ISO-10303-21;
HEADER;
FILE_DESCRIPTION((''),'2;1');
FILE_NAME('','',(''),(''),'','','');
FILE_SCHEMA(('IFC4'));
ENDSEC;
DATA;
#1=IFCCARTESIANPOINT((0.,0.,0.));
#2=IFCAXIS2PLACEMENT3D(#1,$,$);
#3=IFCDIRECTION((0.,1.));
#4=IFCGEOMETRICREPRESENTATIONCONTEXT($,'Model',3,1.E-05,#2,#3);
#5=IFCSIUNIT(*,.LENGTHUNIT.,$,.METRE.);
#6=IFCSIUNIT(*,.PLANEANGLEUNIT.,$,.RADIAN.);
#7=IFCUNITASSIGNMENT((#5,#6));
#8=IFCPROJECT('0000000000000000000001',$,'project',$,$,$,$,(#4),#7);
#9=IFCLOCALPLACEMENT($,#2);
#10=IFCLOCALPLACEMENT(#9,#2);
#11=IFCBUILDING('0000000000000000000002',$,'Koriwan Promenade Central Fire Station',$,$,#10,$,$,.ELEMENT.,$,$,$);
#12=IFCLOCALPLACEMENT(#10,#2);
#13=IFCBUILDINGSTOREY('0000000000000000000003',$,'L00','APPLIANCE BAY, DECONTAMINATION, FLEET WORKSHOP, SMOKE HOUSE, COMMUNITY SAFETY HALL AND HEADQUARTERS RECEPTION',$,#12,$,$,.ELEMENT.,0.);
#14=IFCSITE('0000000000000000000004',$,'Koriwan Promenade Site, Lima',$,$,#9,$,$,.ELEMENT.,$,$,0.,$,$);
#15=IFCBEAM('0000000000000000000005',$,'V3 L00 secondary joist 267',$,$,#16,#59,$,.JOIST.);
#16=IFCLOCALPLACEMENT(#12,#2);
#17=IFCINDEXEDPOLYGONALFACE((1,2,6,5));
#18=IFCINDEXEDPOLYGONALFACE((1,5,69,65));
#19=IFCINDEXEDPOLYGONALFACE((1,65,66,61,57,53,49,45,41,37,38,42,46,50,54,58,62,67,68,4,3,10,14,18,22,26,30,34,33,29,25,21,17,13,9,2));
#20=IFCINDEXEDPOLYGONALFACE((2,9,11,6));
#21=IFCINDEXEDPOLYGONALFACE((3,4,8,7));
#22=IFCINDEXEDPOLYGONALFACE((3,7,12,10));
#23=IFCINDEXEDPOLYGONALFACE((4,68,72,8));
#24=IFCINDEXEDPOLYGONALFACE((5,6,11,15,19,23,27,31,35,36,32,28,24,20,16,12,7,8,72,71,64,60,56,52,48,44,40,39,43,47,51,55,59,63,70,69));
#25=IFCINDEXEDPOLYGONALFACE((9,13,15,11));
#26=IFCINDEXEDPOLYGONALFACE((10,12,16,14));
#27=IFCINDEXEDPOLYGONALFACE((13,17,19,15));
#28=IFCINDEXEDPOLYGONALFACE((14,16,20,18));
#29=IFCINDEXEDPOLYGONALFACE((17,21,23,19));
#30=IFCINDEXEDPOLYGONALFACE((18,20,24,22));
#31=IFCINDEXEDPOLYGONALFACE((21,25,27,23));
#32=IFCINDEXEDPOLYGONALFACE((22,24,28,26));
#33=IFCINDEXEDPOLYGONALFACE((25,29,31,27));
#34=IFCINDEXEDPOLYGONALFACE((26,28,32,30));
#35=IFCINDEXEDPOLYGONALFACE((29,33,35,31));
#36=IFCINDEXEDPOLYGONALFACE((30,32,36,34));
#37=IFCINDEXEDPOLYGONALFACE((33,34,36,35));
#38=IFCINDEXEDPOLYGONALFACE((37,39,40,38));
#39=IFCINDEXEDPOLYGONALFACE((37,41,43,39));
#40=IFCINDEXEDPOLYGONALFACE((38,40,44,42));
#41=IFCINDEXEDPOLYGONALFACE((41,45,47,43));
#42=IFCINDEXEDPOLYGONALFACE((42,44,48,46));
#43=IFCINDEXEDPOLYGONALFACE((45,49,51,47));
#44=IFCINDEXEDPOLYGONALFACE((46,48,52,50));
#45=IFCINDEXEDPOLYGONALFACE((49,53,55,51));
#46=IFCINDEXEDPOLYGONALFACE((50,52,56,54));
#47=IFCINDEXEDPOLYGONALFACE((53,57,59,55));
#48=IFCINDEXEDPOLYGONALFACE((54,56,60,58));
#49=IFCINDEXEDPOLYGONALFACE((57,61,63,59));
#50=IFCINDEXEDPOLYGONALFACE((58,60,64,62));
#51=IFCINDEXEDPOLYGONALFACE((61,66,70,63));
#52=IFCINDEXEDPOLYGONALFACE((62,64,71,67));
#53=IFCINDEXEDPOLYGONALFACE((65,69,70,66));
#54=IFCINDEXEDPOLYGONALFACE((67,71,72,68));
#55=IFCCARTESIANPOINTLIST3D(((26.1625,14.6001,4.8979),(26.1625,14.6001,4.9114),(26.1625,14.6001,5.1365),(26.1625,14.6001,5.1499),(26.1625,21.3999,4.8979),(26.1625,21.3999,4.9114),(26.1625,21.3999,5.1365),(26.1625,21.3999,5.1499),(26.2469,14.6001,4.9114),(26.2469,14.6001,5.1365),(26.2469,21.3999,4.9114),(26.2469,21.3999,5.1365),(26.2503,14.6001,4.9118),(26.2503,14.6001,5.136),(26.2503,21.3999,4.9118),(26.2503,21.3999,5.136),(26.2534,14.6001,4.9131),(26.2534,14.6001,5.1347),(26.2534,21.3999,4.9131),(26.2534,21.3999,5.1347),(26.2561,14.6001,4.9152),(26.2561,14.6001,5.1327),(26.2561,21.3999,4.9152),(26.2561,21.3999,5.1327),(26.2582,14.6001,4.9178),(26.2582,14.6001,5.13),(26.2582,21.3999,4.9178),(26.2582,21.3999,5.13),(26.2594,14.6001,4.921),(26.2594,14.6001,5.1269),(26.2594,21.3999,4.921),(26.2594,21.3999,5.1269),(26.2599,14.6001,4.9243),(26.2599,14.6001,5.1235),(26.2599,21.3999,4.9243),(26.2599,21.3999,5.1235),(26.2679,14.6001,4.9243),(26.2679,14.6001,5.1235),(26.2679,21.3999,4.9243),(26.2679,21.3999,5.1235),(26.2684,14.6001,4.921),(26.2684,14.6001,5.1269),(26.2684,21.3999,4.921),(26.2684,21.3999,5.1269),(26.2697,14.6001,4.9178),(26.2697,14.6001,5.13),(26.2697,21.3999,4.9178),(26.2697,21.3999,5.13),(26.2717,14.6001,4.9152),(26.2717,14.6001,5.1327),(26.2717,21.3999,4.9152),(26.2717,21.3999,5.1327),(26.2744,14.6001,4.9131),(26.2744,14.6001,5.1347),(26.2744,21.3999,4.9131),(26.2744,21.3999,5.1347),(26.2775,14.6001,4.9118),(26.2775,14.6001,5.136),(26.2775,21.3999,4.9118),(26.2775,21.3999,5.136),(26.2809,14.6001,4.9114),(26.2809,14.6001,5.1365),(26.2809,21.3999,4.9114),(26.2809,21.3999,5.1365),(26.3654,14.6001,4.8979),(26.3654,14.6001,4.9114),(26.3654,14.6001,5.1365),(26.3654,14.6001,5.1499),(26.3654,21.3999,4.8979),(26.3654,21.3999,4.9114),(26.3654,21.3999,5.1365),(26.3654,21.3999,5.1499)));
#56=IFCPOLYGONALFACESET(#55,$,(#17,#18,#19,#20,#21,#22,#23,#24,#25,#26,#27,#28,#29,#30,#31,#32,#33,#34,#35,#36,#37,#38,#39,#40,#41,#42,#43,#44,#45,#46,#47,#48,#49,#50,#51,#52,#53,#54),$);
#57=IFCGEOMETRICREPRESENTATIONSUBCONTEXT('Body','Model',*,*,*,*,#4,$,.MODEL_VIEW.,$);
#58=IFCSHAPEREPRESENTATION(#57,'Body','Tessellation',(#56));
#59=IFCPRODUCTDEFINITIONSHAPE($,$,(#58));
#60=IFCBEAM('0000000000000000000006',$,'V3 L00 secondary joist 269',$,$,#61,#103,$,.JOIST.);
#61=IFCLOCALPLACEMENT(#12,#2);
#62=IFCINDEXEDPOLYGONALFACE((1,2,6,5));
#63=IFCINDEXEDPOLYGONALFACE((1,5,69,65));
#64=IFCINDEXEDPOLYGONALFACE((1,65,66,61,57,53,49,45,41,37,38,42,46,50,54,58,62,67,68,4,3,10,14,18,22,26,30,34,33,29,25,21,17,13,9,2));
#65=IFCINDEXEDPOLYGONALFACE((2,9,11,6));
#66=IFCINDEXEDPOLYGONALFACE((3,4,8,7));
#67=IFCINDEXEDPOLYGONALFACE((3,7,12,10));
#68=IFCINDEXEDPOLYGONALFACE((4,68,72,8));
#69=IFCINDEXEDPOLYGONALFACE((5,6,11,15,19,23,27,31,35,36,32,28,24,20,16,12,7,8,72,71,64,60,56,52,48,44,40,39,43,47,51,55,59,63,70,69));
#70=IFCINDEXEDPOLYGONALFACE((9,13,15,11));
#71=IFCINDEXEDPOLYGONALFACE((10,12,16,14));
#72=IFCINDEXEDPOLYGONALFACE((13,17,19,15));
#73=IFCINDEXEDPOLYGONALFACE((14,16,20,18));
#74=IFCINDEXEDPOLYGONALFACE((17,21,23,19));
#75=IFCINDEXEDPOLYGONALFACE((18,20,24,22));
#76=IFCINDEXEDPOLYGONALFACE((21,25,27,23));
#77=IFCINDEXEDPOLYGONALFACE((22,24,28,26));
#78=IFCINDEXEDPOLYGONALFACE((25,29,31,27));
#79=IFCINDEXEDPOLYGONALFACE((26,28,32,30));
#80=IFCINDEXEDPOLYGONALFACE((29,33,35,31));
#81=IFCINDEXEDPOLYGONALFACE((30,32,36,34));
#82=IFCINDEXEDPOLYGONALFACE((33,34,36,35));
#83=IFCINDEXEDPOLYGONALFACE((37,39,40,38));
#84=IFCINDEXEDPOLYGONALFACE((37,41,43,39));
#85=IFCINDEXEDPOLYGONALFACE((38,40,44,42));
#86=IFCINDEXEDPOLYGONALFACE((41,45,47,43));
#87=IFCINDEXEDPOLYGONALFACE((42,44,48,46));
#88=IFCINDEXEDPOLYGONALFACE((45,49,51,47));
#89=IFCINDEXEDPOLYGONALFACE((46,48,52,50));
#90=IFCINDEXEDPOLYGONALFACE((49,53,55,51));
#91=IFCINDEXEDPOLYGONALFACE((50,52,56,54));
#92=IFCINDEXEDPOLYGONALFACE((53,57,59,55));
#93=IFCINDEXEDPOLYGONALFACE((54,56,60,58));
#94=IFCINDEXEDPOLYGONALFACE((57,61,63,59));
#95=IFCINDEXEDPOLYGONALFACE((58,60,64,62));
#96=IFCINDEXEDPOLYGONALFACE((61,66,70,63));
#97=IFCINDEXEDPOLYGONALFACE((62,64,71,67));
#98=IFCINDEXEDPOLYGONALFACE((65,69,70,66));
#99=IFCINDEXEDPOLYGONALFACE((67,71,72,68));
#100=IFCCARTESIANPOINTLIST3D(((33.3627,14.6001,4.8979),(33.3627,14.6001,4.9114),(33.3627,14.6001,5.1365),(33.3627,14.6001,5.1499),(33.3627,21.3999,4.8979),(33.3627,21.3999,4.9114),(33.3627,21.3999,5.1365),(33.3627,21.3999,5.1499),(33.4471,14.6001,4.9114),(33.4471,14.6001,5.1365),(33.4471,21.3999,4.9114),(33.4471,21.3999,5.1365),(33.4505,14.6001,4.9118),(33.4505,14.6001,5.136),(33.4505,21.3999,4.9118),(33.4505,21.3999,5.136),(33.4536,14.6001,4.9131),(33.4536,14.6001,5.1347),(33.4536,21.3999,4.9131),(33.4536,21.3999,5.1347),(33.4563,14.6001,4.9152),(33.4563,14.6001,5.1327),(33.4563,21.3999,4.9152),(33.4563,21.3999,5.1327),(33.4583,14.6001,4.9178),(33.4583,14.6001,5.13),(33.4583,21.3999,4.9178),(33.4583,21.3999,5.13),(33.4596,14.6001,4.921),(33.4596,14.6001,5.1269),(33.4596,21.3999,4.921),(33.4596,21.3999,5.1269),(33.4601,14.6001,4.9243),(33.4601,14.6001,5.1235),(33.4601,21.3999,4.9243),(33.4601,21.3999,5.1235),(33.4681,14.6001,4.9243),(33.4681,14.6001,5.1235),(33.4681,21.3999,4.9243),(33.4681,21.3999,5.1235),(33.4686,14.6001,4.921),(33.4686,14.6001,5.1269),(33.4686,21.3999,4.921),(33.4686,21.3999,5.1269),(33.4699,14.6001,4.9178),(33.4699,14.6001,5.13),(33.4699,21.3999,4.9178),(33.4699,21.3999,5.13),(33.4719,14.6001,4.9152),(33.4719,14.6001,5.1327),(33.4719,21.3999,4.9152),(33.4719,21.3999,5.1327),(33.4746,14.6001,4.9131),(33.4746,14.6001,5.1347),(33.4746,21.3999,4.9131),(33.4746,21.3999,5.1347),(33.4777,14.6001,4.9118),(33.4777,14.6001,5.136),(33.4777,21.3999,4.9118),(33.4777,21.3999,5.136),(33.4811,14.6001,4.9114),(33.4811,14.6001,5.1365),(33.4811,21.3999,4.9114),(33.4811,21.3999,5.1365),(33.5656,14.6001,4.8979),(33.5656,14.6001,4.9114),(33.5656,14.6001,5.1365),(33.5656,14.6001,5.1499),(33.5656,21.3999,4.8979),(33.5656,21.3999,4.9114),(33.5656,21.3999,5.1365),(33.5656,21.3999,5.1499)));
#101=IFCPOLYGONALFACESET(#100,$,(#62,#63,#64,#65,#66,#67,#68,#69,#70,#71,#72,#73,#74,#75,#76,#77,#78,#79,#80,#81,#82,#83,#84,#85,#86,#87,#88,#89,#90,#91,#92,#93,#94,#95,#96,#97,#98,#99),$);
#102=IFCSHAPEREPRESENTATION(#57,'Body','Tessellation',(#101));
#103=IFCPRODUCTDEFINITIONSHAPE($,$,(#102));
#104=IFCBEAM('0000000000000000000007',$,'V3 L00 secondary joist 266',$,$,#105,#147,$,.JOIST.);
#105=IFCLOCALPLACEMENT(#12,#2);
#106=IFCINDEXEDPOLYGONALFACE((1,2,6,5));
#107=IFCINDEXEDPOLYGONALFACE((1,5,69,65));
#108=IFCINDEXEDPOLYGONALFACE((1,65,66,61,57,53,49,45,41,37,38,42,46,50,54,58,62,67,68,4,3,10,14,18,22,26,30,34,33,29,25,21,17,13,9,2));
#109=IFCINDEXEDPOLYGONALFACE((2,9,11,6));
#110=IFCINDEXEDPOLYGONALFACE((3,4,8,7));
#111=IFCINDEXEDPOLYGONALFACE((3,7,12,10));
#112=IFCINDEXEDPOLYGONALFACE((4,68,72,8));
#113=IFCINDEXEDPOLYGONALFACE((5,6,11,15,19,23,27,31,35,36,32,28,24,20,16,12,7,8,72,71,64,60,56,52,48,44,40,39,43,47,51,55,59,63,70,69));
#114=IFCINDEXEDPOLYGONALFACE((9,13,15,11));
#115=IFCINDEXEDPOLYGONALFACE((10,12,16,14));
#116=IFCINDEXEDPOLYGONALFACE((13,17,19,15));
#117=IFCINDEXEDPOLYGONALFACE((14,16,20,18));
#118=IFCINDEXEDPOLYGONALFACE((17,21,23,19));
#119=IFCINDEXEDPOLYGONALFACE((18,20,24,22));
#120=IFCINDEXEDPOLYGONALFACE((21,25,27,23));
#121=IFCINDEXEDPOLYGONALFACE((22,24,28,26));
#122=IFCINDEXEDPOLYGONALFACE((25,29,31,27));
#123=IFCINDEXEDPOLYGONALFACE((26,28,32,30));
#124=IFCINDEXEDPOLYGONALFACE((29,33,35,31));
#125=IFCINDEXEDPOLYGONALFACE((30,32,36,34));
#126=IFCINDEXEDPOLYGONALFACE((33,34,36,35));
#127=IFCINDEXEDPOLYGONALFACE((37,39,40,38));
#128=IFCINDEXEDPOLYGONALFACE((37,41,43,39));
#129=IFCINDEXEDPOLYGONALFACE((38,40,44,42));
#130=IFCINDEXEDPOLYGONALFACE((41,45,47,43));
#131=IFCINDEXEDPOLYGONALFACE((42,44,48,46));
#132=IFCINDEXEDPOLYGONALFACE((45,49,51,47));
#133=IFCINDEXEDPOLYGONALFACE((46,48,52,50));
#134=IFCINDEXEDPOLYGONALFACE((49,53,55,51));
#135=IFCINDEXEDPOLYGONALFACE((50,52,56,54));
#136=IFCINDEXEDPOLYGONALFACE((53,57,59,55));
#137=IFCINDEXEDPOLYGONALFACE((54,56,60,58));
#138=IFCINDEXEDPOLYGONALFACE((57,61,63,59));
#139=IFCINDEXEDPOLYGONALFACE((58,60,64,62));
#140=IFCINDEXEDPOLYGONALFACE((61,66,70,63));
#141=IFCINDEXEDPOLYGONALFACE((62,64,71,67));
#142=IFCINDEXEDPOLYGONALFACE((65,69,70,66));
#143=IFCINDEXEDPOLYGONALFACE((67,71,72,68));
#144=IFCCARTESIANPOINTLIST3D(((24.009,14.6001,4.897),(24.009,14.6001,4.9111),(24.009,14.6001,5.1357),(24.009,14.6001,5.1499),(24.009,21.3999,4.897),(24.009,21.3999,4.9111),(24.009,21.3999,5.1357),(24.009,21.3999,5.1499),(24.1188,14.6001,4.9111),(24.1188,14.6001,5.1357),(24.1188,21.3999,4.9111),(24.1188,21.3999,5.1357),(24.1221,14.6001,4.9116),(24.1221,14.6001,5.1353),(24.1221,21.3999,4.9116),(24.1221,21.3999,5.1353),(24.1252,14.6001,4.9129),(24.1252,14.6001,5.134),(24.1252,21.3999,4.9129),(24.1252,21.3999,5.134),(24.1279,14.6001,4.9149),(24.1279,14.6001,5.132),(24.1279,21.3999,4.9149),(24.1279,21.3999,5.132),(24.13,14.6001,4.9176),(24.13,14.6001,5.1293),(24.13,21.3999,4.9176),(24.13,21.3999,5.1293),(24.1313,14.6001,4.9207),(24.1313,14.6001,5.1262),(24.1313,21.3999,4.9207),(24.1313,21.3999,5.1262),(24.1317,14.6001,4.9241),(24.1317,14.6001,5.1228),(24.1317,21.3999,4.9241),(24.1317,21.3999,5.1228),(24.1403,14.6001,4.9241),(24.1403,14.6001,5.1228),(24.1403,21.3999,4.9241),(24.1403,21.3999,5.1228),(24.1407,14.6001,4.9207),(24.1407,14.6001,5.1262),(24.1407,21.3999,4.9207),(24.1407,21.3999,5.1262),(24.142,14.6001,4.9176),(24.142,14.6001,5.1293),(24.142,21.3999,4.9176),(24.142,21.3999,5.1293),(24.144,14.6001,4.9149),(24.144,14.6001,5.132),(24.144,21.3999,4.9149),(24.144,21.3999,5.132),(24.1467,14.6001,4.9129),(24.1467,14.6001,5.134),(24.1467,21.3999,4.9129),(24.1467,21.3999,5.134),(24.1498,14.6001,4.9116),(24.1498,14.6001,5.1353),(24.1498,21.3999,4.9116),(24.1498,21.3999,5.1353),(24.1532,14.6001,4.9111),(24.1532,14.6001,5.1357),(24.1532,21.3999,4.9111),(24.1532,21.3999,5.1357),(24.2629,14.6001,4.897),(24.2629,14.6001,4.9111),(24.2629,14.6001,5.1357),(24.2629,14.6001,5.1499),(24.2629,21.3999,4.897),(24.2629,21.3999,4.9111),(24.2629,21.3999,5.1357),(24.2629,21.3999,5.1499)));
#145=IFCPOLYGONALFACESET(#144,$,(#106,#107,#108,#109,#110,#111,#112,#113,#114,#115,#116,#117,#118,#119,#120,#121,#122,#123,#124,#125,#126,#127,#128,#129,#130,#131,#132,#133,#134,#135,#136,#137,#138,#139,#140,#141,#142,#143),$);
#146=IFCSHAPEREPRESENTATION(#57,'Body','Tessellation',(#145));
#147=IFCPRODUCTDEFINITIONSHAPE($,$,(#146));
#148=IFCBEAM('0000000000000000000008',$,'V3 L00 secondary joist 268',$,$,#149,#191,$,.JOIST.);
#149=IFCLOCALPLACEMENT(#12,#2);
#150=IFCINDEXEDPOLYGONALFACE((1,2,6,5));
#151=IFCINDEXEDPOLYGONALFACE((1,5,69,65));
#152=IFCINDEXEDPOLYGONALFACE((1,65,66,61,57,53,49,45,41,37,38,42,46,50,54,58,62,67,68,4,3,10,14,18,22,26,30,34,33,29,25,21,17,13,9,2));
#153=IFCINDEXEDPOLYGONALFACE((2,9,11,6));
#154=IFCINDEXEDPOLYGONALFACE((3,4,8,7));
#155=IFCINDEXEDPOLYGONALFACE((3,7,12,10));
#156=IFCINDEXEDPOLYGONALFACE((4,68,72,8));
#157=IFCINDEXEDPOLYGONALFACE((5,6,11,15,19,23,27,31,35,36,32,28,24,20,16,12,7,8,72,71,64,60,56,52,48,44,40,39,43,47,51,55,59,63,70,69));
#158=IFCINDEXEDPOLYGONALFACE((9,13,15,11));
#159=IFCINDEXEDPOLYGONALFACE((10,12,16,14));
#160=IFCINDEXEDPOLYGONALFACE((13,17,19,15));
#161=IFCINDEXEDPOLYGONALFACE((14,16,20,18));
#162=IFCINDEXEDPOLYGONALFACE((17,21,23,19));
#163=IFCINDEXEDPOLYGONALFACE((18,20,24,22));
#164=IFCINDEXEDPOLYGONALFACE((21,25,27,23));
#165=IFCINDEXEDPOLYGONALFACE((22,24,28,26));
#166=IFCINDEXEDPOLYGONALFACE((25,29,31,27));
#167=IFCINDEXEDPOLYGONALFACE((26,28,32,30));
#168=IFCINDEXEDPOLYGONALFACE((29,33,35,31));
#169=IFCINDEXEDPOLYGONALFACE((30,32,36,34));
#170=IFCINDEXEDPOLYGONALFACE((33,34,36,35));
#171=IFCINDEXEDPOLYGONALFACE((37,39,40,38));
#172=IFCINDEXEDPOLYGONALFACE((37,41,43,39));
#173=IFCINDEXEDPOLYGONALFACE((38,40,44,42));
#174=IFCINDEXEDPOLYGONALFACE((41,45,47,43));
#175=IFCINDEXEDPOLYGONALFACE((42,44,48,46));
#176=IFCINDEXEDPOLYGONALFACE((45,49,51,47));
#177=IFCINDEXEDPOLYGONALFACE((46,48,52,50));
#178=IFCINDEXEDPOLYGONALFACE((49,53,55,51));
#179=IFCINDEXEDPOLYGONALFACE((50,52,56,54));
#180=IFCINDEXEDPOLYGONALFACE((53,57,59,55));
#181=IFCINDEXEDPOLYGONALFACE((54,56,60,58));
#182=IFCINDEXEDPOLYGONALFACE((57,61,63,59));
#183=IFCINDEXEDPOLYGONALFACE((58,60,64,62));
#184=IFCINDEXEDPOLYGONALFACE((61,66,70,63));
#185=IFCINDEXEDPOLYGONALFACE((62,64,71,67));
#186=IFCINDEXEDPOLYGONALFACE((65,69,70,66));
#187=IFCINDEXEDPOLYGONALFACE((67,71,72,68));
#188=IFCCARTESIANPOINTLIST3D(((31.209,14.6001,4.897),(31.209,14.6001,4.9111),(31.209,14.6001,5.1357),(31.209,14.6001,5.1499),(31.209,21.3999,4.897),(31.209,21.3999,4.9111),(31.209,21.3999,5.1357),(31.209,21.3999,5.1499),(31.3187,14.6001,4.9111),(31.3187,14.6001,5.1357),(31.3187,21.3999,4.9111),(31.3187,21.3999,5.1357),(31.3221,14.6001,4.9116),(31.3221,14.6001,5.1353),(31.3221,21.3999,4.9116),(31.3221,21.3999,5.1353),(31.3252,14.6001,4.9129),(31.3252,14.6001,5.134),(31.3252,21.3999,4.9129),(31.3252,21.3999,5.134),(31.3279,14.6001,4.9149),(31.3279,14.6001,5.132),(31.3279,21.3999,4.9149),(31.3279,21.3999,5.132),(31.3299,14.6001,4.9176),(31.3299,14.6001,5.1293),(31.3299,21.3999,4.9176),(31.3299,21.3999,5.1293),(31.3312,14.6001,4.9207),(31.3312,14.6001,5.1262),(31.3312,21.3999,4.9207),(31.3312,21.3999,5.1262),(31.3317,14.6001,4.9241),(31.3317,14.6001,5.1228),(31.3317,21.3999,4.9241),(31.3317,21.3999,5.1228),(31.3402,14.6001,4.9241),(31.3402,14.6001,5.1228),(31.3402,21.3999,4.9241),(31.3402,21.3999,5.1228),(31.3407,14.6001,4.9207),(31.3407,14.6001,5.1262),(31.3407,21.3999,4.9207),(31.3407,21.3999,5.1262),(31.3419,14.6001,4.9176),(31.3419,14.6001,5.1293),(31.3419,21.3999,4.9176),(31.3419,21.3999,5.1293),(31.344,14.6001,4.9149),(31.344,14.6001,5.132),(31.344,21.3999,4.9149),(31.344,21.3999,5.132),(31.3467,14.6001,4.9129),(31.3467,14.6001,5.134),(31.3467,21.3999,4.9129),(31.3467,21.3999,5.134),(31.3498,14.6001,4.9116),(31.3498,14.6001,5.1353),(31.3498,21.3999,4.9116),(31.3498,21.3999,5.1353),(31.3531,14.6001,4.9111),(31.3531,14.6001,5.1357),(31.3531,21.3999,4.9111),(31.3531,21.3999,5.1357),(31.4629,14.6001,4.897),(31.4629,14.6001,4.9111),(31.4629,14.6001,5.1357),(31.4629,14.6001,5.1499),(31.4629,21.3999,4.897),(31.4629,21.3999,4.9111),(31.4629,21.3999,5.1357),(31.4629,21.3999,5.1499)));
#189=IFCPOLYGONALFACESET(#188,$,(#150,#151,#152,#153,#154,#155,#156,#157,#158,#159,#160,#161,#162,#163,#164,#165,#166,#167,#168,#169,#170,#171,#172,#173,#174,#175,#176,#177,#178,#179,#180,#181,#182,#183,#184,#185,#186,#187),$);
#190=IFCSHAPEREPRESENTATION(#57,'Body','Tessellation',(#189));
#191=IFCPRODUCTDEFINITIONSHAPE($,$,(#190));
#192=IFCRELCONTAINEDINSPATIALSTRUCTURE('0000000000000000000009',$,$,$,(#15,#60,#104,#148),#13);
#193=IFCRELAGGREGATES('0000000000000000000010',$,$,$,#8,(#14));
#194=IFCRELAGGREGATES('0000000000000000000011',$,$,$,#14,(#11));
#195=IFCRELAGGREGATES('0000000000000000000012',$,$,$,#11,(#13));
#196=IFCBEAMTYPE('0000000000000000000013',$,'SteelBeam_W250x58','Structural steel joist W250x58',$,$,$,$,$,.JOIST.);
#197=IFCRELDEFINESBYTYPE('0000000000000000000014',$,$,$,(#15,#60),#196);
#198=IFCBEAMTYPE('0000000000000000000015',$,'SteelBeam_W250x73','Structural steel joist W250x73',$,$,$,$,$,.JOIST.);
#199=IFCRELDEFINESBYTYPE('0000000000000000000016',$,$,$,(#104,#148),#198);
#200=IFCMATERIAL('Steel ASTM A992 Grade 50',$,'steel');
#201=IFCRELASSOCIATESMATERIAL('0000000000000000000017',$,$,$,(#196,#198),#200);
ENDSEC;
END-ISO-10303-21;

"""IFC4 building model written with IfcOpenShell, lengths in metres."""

from ifc_helpers import new_model, si_unit, direction, frame, origin, origin_2d, place, context, subcontext, project, spatial, i_section, extrude, material, material_profile, profile_set, type_object, element, save


model = new_model("IFC4")

# Units and contexts
model_context = context("Model", 3, precision=1e-05, world=origin(), true_north=direction((0.0, 1.0)))
body_context = subcontext(model_context, "Body", "Model", "MODEL_VIEW")
ifc_project = project(units=[si_unit("LENGTHUNIT", "METRE"), si_unit("PLANEANGLEUNIT", "RADIAN")], contexts=[model_context])

# Site, building, storey
site_placement = place(None, origin())
site = spatial("IfcSite", under=ifc_project, at=site_placement, Name="Koriwan Promenade Site, Lima", CompositionType="ELEMENT", RefElevation=0.0)
building_placement = place(site_placement, origin())
building = spatial("IfcBuilding", under=site, at=building_placement, Name="Koriwan Promenade Central Fire Station", CompositionType="ELEMENT")
storey_placement = place(building_placement, origin())
storey = spatial("IfcBuildingStorey", under=building, at=storey_placement, Name="L00", Description="APPLIANCE BAY, DECONTAMINATION, FLEET WORKSHOP, SMOKE HOUSE, COMMUNITY SAFETY HALL AND HEADQUARTERS RECEPTION", CompositionType="ELEMENT", Elevation=0.0)

# Beams
ifc_material_1 = material(Name="Steel ASTM A992 Grade 50", Category="steel")
ifc_material_profile_1 = material_profile(ifc_material_1, i_section(OverallWidth=0.2029, OverallDepth=0.252, WebThickness=0.0081, FlangeThickness=0.0134, FilletRadius=0.0129, at=origin_2d()), Name="W250x58")
ifc_profile_set_1 = profile_set([ifc_material_profile_1], Name="Steel ASTM A992 Grade 50")
beam_type_1 = type_object("IfcBeamType", Name="SteelBeam_W250x58", Description="Structural steel joist W250x58", PredefinedType="JOIST", material=ifc_profile_set_1)
for number, where, z_axis, x_axis, name in (
    (1, (26.2639, 14.6001, 5.0239), (0.0, 1.0, 0.0), (-1.0, 0.0, 0.0), "V3 L00 secondary joist 267"),
    (2, (33.4641, 14.6001, 5.0239), (0.0, 1.0, 0.0), (-1.0, 0.0, 0.0), "V3 L00 secondary joist 269"),
):
    element("IfcBeam", number, at=place(storey_placement, frame(where, z_axis=z_axis, x_axis=x_axis)), inside=storey, type_object=beam_type_1, Name=name, PredefinedType="JOIST", context=body_context, shape_type="SweptSolid", body=[
        extrude(i_section(OverallWidth=0.2029, OverallDepth=0.252, WebThickness=0.0081, FlangeThickness=0.0134, FilletRadius=0.0129, at=origin_2d()), origin(), (0.0, 0.0, 1.0), 6.7998),
    ])
ifc_material_profile_2 = material_profile(ifc_material_1, i_section(OverallWidth=0.2539, OverallDepth=0.2529, WebThickness=0.0085, FlangeThickness=0.0142, FilletRadius=0.0129, at=origin_2d()), Name="W250x73")
ifc_profile_set_2 = profile_set([ifc_material_profile_2], Name="Steel ASTM A992 Grade 50")
beam_type_2 = type_object("IfcBeamType", Name="SteelBeam_W250x73", Description="Structural steel joist W250x73", PredefinedType="JOIST", material=ifc_profile_set_2)
for number, where, z_axis, x_axis, name in (
    (3, (24.136, 14.6001, 5.0234), (0.0, 1.0, 0.0), (-1.0, 0.0, 0.0), "V3 L00 secondary joist 266"),
    (4, (31.3359, 14.6001, 5.0234), (0.0, 1.0, 0.0), (-1.0, 0.0, 0.0), "V3 L00 secondary joist 268"),
):
    element("IfcBeam", number, at=place(storey_placement, frame(where, z_axis=z_axis, x_axis=x_axis)), inside=storey, type_object=beam_type_2, Name=name, PredefinedType="JOIST", context=body_context, shape_type="SweptSolid", body=[
        extrude(i_section(OverallWidth=0.2539, OverallDepth=0.2529, WebThickness=0.0085, FlangeThickness=0.0142, FilletRadius=0.0129, at=origin_2d()), origin(), (0.0, 0.0, 1.0), 6.7998),
    ])

save(model, "model.ifc")
